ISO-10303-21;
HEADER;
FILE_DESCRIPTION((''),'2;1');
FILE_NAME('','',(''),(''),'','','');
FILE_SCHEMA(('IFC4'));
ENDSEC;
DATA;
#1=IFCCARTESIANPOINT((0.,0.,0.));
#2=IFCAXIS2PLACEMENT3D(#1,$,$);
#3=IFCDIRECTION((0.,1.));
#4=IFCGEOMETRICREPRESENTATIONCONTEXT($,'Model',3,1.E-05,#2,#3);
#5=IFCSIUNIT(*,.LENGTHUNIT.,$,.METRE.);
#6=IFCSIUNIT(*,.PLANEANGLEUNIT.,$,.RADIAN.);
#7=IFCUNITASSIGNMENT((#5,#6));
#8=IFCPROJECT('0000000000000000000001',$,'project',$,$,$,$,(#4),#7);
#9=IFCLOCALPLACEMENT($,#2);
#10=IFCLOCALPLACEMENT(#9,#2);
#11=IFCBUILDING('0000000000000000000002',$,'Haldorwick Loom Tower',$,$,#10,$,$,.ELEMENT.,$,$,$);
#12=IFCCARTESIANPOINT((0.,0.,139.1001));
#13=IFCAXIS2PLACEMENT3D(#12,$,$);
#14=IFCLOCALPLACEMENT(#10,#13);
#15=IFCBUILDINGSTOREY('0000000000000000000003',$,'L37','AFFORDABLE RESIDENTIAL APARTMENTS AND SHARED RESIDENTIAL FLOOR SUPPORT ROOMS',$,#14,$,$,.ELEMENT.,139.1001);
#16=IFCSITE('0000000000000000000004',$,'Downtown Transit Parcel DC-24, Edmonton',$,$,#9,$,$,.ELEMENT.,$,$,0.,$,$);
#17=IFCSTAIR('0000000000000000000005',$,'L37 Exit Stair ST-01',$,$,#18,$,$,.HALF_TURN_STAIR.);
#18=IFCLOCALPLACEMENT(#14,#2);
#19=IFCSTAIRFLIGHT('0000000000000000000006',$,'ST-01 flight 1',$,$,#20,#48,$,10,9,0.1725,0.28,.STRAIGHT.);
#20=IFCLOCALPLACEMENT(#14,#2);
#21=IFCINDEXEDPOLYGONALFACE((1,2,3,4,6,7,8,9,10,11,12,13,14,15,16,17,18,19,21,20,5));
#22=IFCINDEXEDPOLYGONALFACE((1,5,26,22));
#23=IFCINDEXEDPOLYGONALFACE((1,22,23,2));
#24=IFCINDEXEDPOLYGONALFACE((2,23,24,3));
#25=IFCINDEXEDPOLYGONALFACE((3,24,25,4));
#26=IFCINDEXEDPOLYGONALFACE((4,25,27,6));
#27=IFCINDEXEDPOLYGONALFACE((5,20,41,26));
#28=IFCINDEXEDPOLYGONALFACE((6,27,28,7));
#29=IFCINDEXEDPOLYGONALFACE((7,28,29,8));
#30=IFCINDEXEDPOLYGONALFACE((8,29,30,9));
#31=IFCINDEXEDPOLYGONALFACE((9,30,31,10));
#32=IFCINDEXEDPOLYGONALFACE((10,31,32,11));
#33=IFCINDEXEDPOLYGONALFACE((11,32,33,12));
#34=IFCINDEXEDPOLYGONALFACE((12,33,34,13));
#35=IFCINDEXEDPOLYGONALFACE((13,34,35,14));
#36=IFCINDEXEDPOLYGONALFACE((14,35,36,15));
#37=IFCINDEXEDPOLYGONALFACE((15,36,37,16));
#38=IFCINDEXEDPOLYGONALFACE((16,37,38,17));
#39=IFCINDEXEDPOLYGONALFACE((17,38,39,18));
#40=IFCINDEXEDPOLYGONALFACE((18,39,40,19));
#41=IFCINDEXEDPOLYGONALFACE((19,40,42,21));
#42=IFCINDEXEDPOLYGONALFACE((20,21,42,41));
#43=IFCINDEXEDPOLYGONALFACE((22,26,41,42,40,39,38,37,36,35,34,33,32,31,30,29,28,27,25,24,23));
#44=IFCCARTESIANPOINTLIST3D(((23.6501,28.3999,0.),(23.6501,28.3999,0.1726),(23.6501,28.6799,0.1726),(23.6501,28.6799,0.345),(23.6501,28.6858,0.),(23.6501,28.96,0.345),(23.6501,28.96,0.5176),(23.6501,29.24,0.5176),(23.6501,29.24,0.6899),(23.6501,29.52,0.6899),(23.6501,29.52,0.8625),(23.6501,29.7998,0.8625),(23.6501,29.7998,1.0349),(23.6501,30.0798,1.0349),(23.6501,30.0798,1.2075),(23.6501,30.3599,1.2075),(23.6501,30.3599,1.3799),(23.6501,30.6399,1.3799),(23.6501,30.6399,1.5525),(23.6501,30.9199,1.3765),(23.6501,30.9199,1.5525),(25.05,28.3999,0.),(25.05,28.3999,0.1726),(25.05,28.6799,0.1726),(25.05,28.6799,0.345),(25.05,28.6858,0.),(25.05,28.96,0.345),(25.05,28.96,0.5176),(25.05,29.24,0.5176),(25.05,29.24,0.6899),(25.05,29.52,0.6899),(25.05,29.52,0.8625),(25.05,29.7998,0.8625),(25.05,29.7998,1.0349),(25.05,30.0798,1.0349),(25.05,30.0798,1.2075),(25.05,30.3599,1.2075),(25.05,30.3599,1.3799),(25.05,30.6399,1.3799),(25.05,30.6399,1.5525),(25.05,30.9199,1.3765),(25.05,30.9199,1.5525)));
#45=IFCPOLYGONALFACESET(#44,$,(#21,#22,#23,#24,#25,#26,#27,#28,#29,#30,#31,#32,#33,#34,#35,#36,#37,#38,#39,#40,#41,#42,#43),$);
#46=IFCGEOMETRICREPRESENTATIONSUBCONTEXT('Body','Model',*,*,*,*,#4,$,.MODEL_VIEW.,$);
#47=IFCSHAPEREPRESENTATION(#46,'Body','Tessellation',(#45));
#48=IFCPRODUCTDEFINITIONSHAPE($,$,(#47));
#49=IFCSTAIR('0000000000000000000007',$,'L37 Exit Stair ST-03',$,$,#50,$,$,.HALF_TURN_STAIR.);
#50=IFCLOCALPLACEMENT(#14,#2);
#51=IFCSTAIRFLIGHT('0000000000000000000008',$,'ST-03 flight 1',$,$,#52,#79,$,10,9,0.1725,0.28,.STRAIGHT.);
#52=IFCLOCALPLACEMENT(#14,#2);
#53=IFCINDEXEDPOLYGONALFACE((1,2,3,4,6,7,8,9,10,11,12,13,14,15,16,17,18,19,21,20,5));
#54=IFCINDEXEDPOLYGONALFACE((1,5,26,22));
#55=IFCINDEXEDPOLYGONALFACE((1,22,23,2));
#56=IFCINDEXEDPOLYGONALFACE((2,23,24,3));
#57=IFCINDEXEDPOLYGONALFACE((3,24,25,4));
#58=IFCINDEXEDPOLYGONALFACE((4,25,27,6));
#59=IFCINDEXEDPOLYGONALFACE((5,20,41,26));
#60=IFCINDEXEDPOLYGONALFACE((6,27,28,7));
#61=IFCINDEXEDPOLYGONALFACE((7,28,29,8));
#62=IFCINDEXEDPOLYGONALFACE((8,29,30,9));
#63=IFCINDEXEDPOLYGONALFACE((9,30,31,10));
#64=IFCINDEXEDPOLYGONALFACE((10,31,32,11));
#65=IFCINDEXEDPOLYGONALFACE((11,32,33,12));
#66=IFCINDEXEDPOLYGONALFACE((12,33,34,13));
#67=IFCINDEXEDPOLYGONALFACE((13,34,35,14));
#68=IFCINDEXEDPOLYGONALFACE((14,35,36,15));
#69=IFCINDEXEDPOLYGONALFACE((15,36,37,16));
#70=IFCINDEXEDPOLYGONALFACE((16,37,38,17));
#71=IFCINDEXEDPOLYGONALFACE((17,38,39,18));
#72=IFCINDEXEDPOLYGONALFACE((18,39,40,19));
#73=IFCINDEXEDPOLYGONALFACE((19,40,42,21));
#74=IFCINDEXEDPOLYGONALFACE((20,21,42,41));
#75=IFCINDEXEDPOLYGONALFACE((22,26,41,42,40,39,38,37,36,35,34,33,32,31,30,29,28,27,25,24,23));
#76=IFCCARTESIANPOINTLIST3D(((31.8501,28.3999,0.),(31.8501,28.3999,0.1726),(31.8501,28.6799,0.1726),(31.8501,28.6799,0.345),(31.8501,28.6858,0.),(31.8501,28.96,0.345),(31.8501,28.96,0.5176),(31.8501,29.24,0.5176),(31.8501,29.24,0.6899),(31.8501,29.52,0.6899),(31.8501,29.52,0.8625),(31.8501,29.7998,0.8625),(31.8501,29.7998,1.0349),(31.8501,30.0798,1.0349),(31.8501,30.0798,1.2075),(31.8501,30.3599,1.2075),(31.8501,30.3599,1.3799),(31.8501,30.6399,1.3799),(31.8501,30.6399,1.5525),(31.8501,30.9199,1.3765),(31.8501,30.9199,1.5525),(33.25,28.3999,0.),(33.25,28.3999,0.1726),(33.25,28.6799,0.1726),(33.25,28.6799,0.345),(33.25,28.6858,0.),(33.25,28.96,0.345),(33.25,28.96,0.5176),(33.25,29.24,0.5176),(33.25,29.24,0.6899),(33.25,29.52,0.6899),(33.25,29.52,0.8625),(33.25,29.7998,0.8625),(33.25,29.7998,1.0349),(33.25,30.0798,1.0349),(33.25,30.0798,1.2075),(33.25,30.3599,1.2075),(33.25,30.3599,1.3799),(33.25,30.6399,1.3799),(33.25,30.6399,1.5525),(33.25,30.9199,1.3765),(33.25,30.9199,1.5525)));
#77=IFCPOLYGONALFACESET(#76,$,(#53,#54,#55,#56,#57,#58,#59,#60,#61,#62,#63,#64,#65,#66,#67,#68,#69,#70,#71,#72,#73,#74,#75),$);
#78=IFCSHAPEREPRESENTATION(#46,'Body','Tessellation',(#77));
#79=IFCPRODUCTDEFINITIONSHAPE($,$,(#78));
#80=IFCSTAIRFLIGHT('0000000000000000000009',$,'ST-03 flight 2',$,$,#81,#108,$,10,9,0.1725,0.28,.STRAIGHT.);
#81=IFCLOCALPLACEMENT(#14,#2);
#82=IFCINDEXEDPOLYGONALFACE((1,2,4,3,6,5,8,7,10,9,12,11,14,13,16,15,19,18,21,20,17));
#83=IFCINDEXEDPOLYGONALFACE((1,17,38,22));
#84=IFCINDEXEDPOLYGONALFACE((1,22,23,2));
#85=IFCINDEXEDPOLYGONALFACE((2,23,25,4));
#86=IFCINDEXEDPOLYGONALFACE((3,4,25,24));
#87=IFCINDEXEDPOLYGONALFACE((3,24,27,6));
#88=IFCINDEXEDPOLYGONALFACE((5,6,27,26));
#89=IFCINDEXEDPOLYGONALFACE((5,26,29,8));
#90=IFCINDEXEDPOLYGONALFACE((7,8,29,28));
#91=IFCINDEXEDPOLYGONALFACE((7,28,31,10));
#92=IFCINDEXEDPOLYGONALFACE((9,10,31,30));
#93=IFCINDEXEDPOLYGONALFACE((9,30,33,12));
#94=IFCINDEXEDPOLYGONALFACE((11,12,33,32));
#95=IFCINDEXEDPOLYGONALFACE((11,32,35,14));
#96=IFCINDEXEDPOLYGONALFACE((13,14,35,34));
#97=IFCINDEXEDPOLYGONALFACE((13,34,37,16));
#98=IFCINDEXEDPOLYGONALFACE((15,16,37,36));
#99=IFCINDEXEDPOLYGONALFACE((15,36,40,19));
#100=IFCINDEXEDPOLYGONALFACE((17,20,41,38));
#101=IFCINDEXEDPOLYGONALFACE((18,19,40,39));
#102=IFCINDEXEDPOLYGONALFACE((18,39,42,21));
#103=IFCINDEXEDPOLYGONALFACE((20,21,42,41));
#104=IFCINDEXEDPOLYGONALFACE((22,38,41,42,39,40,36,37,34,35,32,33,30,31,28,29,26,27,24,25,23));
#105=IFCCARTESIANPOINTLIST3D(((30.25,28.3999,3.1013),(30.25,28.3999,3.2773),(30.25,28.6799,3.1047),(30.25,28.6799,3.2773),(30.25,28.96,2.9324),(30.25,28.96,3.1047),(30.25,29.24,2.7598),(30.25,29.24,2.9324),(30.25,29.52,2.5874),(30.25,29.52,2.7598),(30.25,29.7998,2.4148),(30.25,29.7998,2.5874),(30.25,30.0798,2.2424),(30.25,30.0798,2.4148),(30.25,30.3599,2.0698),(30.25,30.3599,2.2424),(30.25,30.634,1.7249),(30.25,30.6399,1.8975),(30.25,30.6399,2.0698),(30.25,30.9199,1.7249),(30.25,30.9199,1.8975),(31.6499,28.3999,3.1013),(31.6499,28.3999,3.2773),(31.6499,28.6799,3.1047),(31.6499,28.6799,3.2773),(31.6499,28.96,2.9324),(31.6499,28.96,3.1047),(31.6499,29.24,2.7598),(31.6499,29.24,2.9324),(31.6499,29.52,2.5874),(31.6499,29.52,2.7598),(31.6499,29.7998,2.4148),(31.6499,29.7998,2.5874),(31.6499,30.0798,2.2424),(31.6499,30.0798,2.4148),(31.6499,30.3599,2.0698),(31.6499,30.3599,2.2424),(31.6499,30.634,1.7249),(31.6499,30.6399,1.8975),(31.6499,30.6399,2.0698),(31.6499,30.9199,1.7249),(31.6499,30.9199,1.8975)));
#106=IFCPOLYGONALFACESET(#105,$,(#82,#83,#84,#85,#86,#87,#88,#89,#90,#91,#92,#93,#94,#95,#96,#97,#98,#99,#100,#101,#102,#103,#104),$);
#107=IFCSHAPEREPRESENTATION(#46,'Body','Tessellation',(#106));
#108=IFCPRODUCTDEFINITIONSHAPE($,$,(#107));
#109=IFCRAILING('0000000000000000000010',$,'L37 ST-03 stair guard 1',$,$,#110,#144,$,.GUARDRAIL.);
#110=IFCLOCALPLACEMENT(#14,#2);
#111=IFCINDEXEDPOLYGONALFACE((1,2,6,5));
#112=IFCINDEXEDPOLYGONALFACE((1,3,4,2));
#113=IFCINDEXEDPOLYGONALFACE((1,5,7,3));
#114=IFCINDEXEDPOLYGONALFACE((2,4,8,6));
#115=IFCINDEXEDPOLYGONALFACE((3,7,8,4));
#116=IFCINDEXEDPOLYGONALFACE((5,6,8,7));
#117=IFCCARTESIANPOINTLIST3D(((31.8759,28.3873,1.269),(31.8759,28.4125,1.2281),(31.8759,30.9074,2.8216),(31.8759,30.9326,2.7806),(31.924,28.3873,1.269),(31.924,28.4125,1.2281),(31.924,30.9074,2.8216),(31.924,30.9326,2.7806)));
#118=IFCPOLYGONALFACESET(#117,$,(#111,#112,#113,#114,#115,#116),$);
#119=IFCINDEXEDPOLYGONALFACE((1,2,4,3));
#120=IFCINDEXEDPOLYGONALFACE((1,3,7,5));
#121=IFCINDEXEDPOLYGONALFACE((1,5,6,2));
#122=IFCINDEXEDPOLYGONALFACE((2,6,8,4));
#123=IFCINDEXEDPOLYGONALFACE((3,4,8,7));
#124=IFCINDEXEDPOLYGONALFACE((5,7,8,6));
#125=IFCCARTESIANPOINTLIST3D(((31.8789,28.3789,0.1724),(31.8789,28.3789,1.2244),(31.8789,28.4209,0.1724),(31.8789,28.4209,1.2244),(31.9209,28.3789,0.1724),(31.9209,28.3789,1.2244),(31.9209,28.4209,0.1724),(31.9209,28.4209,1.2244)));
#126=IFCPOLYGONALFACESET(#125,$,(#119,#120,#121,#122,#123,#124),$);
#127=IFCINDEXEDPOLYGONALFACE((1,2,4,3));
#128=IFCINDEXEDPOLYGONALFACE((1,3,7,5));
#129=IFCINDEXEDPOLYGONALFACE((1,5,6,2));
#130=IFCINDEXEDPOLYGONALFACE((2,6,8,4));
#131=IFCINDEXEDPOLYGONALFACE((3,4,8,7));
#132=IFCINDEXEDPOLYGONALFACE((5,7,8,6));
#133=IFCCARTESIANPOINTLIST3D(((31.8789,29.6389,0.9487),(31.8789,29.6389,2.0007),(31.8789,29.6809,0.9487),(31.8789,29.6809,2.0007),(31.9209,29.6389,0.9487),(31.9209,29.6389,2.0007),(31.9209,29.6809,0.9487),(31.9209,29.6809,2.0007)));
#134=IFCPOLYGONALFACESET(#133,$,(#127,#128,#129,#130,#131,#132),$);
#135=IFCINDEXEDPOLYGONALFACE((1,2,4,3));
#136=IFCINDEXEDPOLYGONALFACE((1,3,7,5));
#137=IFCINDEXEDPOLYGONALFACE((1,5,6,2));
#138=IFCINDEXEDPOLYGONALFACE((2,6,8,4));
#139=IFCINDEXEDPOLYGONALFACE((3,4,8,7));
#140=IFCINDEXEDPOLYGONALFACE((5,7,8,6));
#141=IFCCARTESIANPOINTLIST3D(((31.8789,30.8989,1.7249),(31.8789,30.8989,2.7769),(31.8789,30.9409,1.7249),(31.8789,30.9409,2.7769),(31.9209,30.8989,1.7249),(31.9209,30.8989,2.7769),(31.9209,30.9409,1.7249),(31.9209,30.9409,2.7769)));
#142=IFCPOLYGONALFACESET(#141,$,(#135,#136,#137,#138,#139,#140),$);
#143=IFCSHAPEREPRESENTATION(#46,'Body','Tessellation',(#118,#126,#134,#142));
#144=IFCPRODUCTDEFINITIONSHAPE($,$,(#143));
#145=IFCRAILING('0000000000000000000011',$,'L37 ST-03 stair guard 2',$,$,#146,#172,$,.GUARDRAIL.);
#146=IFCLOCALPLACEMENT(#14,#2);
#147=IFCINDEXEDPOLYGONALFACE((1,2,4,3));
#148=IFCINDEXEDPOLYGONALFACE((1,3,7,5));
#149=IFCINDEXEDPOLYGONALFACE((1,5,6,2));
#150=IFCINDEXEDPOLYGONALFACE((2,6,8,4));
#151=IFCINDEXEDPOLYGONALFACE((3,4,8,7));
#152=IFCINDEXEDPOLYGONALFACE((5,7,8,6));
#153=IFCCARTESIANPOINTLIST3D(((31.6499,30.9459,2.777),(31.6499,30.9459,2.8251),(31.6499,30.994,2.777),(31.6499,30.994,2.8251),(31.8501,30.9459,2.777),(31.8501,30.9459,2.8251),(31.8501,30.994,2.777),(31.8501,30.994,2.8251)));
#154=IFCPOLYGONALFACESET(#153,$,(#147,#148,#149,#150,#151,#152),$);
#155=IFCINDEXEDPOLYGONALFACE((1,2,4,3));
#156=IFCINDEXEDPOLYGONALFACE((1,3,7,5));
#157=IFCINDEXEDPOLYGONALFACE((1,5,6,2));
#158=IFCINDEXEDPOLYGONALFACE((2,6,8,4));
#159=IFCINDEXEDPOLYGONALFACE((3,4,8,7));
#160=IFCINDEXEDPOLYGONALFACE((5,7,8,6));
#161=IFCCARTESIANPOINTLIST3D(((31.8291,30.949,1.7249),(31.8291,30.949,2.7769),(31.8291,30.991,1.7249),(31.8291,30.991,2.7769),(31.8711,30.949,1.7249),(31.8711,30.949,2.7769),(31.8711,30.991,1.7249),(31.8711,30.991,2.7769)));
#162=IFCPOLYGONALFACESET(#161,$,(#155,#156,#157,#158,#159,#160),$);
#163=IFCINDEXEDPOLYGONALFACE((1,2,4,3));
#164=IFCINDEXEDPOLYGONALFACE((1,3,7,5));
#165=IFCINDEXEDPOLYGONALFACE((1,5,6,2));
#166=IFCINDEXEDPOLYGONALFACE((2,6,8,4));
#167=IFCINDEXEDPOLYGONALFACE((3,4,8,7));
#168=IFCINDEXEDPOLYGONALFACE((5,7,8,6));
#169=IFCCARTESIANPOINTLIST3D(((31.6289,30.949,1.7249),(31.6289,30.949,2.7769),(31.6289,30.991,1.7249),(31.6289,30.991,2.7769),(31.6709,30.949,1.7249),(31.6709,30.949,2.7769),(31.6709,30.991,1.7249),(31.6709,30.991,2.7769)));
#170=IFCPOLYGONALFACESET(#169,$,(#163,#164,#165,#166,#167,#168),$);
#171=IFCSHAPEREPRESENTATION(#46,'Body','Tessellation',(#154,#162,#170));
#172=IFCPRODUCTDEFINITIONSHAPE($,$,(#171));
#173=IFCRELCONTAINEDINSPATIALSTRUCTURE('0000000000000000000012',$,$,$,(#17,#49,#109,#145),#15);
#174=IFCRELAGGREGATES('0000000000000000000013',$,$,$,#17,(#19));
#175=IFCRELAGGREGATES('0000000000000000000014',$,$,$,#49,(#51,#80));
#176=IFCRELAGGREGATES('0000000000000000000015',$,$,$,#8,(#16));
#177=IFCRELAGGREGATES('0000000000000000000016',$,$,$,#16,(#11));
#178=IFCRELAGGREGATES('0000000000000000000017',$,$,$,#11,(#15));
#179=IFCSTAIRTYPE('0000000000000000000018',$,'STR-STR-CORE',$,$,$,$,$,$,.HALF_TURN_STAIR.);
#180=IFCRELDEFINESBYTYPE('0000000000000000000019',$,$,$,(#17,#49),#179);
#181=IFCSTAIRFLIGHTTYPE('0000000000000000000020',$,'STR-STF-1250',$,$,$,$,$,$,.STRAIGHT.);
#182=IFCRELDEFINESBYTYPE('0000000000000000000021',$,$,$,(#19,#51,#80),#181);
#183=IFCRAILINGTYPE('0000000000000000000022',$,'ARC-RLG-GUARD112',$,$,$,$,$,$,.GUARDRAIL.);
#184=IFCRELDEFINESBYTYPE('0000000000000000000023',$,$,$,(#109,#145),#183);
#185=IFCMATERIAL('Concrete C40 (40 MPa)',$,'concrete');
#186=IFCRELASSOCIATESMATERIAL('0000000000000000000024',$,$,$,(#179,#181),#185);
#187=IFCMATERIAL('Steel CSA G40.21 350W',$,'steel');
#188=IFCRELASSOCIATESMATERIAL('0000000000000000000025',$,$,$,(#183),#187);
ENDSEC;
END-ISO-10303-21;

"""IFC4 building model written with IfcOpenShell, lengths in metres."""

from ifc_helpers import new_model, si_unit, direction, frame, origin, origin_2d, place, context, subcontext, project, spatial, polyline, rectangle, outline, extrude, material, type_object, element, aggregate, save


model = new_model("IFC4")

# Units and contexts
model_context = context("Model", 3, precision=1e-05, world=origin(), true_north=direction((0.0, 1.0)))
body_context = subcontext(model_context, "Body", "Model", "MODEL_VIEW")
ifc_project = project(units=[si_unit("LENGTHUNIT", "METRE"), si_unit("PLANEANGLEUNIT", "RADIAN")], contexts=[model_context])

# Site, building, storey
site_placement = place(None, origin())
site = spatial("IfcSite", under=ifc_project, at=site_placement, Name="Downtown Transit Parcel DC-24, Edmonton", CompositionType="ELEMENT", RefElevation=0.0)
building_placement = place(site_placement, origin())
building = spatial("IfcBuilding", under=site, at=building_placement, Name="Haldorwick Loom Tower", CompositionType="ELEMENT")
storey_placement = place(building_placement, frame((0.0, 0.0, 139.1001)))
storey = spatial("IfcBuildingStorey", under=building, at=storey_placement, Name="L37", Description="AFFORDABLE RESIDENTIAL APARTMENTS AND SHARED RESIDENTIAL FLOOR SUPPORT ROOMS", CompositionType="ELEMENT", Elevation=139.1001)

# Shared definitions
ifc_material_1 = material(Name="Steel CSA G40.21 350W", Category="steel")

# Stair, stair flight
ifc_material_2 = material(Name="Concrete C40 (40 MPa)", Category="concrete")
stair_type = type_object("IfcStairType", Name="STR-STR-CORE", PredefinedType="HALF_TURN_STAIR", material=ifc_material_2)
stair_1_placement = place(storey_placement, origin())
stair_1 = element("IfcStair", 1, at=stair_1_placement, inside=storey, type_object=stair_type, Name="L37 Exit Stair ST-01", PredefinedType="HALF_TURN_STAIR")
stair_flight_type = type_object("IfcStairFlightType", Name="STR-STF-1250", PredefinedType="STRAIGHT", material=ifc_material_2)
stair_flight_1_placement = place(storey_placement, frame((24.3501, 28.3999, 0.0), z_axis=(0.0, 0.0, 1.0), x_axis=(0.0, 1.0, 0.0)))
stair_flight_1 = element("IfcStairFlight", 2, at=stair_flight_1_placement, type_object=stair_flight_type, Name="ST-01 flight 1", NumberOfRisers=10, NumberOfTreads=9, PredefinedType="STRAIGHT", RiserHeight=0.1725, TreadLength=0.28, context=body_context, shape_type="SweptSolid", body=[
    extrude(outline(polyline([(0.0, 0.0), (0.0, 0.1726), (0.28, 0.1726), (0.28, 0.345), (0.5601, 0.345), (0.5601, 0.5176), (0.8401, 0.5176), (0.8401, 0.6899), (1.1201, 0.6899), (1.1201, 0.8625), (1.3999, 0.8625), (1.3999, 1.0349), (1.6799, 1.0349), (1.6799, 1.2075), (1.96, 1.2075), (1.96, 1.3799), (2.24, 1.3799), (2.24, 1.5525), (2.52, 1.5525), (2.52, 1.7251), (2.52, 1.3765), (0.2859, 0.0), (0.0, 0.0)])), frame((0.0, 0.7, 0.0), z_axis=(0.0, -1.0, 0.0), x_axis=(1.0, 0.0, 0.0)), (0.0, 0.0, 1.0), 1.3999),
])
aggregate(stair_1, [stair_flight_1])

# Stair, stair flights
stair_2_placement = place(storey_placement, origin())
stair_2 = element("IfcStair", 3, at=stair_2_placement, inside=storey, type_object=stair_type, Name="L37 Exit Stair ST-03", PredefinedType="HALF_TURN_STAIR")
stair_flight_2_placement = place(storey_placement, frame((32.55, 28.3999, 0.0), z_axis=(0.0, 0.0, 1.0), x_axis=(0.0, 1.0, 0.0)))
stair_flight_2 = element("IfcStairFlight", 4, at=stair_flight_2_placement, type_object=stair_flight_type, Name="ST-03 flight 1", NumberOfRisers=10, NumberOfTreads=9, PredefinedType="STRAIGHT", RiserHeight=0.1725, TreadLength=0.28, context=body_context, shape_type="SweptSolid", body=[
    extrude(outline(polyline([(0.0, 0.0), (0.0, 0.1726), (0.28, 0.1726), (0.28, 0.345), (0.5601, 0.345), (0.5601, 0.5176), (0.8401, 0.5176), (0.8401, 0.6899), (1.1201, 0.6899), (1.1201, 0.8625), (1.3999, 0.8625), (1.3999, 1.0349), (1.6799, 1.0349), (1.6799, 1.2075), (1.96, 1.2075), (1.96, 1.3799), (2.24, 1.3799), (2.24, 1.5525), (2.52, 1.5525), (2.52, 1.7251), (2.52, 1.3765), (0.2859, 0.0), (0.0, 0.0)])), frame((0.0, 0.7, 0.0), z_axis=(0.0, -1.0, 0.0), x_axis=(1.0, 0.0, 0.0)), (0.0, 0.0, 1.0), 1.3999),
])
stair_flight_3_placement = place(storey_placement, frame((30.95, 30.9199, 1.7249), z_axis=(0.0, 0.0, 1.0), x_axis=(0.0, -1.0, 0.0)))
stair_flight_3 = element("IfcStairFlight", 5, at=stair_flight_3_placement, type_object=stair_flight_type, Name="ST-03 flight 2", NumberOfRisers=10, NumberOfTreads=9, PredefinedType="STRAIGHT", RiserHeight=0.1725, TreadLength=0.28, context=body_context, shape_type="SweptSolid", body=[
    extrude(outline(polyline([(0.0, 0.0), (0.0, 0.1726), (0.28, 0.1726), (0.28, 0.345), (0.5601, 0.345), (0.5601, 0.5176), (0.8401, 0.5176), (0.8401, 0.6899), (1.1201, 0.6899), (1.1201, 0.8625), (1.3999, 0.8625), (1.3999, 1.0349), (1.6799, 1.0349), (1.6799, 1.2075), (1.96, 1.2075), (1.96, 1.3799), (2.24, 1.3799), (2.24, 1.5525), (2.52, 1.5525), (2.52, 1.7251), (2.52, 1.3765), (0.2859, 0.0), (0.0, 0.0)])), frame((0.0, 0.7, 0.0), z_axis=(0.0, -1.0, 0.0), x_axis=(1.0, 0.0, 0.0)), (0.0, 0.0, 1.0), 1.3999),
])
aggregate(stair_2, [stair_flight_2, stair_flight_3])

# Railings
railing_type_1 = type_object("IfcRailingType", Name="ARC-RLG-GUARD112", PredefinedType="GUARDRAIL", material=ifc_material_1)
railing_1_placement = place(storey_placement, frame((31.8999, 28.3999, 0.1724)))
element("IfcRailing", 6, at=railing_1_placement, inside=storey, type_object=railing_type_1, Name="L37 ST-03 stair guard 1", PredefinedType="GUARDRAIL", context=body_context, shape_type="SweptSolid", body=[
    extrude(rectangle(XDim=0.0481, YDim=0.0481, at=origin_2d()), frame((0.0, 0.0, 1.0762), z_axis=(0.0, 0.8514, 0.524516), x_axis=(-1.0, 0.0, 0.0)), (0.0, 0.0, 1.0), 2.96),
    extrude(rectangle(XDim=0.042, YDim=0.042, at=origin_2d()), origin(), (0.0, 0.0, 1.0), 1.052),
    extrude(rectangle(XDim=0.042, YDim=0.042, at=origin_2d()), frame((0.0, 1.26, 0.7764)), (0.0, 0.0, 1.0), 1.052),
    extrude(rectangle(XDim=0.042, YDim=0.042, at=origin_2d()), frame((0.0, 2.52, 1.5525)), (0.0, 0.0, 1.0), 1.052),
])
railing_2_placement = place(storey_placement, frame((31.8501, 30.97, 1.7249)))
element("IfcRailing", 7, at=railing_2_placement, inside=storey, type_object=railing_type_1, Name="L37 ST-03 stair guard 2", PredefinedType="GUARDRAIL", context=body_context, shape_type="SweptSolid", body=[
    extrude(rectangle(XDim=0.0481, YDim=0.0481, at=origin_2d()), frame((0.0, 0.0, 1.0762), z_axis=(-1.0, 0.0, 0.0), x_axis=(0.0, -1.0, 0.0)), (0.0, 0.0, 1.0), 0.2002),
    extrude(rectangle(XDim=0.042, YDim=0.042, at=origin_2d()), origin(), (0.0, 0.0, 1.0), 1.052),
    extrude(rectangle(XDim=0.042, YDim=0.042, at=origin_2d()), frame((-0.2002, 0.0, 0.0)), (0.0, 0.0, 1.0), 1.052),
])

save(model, "model.ifc")
